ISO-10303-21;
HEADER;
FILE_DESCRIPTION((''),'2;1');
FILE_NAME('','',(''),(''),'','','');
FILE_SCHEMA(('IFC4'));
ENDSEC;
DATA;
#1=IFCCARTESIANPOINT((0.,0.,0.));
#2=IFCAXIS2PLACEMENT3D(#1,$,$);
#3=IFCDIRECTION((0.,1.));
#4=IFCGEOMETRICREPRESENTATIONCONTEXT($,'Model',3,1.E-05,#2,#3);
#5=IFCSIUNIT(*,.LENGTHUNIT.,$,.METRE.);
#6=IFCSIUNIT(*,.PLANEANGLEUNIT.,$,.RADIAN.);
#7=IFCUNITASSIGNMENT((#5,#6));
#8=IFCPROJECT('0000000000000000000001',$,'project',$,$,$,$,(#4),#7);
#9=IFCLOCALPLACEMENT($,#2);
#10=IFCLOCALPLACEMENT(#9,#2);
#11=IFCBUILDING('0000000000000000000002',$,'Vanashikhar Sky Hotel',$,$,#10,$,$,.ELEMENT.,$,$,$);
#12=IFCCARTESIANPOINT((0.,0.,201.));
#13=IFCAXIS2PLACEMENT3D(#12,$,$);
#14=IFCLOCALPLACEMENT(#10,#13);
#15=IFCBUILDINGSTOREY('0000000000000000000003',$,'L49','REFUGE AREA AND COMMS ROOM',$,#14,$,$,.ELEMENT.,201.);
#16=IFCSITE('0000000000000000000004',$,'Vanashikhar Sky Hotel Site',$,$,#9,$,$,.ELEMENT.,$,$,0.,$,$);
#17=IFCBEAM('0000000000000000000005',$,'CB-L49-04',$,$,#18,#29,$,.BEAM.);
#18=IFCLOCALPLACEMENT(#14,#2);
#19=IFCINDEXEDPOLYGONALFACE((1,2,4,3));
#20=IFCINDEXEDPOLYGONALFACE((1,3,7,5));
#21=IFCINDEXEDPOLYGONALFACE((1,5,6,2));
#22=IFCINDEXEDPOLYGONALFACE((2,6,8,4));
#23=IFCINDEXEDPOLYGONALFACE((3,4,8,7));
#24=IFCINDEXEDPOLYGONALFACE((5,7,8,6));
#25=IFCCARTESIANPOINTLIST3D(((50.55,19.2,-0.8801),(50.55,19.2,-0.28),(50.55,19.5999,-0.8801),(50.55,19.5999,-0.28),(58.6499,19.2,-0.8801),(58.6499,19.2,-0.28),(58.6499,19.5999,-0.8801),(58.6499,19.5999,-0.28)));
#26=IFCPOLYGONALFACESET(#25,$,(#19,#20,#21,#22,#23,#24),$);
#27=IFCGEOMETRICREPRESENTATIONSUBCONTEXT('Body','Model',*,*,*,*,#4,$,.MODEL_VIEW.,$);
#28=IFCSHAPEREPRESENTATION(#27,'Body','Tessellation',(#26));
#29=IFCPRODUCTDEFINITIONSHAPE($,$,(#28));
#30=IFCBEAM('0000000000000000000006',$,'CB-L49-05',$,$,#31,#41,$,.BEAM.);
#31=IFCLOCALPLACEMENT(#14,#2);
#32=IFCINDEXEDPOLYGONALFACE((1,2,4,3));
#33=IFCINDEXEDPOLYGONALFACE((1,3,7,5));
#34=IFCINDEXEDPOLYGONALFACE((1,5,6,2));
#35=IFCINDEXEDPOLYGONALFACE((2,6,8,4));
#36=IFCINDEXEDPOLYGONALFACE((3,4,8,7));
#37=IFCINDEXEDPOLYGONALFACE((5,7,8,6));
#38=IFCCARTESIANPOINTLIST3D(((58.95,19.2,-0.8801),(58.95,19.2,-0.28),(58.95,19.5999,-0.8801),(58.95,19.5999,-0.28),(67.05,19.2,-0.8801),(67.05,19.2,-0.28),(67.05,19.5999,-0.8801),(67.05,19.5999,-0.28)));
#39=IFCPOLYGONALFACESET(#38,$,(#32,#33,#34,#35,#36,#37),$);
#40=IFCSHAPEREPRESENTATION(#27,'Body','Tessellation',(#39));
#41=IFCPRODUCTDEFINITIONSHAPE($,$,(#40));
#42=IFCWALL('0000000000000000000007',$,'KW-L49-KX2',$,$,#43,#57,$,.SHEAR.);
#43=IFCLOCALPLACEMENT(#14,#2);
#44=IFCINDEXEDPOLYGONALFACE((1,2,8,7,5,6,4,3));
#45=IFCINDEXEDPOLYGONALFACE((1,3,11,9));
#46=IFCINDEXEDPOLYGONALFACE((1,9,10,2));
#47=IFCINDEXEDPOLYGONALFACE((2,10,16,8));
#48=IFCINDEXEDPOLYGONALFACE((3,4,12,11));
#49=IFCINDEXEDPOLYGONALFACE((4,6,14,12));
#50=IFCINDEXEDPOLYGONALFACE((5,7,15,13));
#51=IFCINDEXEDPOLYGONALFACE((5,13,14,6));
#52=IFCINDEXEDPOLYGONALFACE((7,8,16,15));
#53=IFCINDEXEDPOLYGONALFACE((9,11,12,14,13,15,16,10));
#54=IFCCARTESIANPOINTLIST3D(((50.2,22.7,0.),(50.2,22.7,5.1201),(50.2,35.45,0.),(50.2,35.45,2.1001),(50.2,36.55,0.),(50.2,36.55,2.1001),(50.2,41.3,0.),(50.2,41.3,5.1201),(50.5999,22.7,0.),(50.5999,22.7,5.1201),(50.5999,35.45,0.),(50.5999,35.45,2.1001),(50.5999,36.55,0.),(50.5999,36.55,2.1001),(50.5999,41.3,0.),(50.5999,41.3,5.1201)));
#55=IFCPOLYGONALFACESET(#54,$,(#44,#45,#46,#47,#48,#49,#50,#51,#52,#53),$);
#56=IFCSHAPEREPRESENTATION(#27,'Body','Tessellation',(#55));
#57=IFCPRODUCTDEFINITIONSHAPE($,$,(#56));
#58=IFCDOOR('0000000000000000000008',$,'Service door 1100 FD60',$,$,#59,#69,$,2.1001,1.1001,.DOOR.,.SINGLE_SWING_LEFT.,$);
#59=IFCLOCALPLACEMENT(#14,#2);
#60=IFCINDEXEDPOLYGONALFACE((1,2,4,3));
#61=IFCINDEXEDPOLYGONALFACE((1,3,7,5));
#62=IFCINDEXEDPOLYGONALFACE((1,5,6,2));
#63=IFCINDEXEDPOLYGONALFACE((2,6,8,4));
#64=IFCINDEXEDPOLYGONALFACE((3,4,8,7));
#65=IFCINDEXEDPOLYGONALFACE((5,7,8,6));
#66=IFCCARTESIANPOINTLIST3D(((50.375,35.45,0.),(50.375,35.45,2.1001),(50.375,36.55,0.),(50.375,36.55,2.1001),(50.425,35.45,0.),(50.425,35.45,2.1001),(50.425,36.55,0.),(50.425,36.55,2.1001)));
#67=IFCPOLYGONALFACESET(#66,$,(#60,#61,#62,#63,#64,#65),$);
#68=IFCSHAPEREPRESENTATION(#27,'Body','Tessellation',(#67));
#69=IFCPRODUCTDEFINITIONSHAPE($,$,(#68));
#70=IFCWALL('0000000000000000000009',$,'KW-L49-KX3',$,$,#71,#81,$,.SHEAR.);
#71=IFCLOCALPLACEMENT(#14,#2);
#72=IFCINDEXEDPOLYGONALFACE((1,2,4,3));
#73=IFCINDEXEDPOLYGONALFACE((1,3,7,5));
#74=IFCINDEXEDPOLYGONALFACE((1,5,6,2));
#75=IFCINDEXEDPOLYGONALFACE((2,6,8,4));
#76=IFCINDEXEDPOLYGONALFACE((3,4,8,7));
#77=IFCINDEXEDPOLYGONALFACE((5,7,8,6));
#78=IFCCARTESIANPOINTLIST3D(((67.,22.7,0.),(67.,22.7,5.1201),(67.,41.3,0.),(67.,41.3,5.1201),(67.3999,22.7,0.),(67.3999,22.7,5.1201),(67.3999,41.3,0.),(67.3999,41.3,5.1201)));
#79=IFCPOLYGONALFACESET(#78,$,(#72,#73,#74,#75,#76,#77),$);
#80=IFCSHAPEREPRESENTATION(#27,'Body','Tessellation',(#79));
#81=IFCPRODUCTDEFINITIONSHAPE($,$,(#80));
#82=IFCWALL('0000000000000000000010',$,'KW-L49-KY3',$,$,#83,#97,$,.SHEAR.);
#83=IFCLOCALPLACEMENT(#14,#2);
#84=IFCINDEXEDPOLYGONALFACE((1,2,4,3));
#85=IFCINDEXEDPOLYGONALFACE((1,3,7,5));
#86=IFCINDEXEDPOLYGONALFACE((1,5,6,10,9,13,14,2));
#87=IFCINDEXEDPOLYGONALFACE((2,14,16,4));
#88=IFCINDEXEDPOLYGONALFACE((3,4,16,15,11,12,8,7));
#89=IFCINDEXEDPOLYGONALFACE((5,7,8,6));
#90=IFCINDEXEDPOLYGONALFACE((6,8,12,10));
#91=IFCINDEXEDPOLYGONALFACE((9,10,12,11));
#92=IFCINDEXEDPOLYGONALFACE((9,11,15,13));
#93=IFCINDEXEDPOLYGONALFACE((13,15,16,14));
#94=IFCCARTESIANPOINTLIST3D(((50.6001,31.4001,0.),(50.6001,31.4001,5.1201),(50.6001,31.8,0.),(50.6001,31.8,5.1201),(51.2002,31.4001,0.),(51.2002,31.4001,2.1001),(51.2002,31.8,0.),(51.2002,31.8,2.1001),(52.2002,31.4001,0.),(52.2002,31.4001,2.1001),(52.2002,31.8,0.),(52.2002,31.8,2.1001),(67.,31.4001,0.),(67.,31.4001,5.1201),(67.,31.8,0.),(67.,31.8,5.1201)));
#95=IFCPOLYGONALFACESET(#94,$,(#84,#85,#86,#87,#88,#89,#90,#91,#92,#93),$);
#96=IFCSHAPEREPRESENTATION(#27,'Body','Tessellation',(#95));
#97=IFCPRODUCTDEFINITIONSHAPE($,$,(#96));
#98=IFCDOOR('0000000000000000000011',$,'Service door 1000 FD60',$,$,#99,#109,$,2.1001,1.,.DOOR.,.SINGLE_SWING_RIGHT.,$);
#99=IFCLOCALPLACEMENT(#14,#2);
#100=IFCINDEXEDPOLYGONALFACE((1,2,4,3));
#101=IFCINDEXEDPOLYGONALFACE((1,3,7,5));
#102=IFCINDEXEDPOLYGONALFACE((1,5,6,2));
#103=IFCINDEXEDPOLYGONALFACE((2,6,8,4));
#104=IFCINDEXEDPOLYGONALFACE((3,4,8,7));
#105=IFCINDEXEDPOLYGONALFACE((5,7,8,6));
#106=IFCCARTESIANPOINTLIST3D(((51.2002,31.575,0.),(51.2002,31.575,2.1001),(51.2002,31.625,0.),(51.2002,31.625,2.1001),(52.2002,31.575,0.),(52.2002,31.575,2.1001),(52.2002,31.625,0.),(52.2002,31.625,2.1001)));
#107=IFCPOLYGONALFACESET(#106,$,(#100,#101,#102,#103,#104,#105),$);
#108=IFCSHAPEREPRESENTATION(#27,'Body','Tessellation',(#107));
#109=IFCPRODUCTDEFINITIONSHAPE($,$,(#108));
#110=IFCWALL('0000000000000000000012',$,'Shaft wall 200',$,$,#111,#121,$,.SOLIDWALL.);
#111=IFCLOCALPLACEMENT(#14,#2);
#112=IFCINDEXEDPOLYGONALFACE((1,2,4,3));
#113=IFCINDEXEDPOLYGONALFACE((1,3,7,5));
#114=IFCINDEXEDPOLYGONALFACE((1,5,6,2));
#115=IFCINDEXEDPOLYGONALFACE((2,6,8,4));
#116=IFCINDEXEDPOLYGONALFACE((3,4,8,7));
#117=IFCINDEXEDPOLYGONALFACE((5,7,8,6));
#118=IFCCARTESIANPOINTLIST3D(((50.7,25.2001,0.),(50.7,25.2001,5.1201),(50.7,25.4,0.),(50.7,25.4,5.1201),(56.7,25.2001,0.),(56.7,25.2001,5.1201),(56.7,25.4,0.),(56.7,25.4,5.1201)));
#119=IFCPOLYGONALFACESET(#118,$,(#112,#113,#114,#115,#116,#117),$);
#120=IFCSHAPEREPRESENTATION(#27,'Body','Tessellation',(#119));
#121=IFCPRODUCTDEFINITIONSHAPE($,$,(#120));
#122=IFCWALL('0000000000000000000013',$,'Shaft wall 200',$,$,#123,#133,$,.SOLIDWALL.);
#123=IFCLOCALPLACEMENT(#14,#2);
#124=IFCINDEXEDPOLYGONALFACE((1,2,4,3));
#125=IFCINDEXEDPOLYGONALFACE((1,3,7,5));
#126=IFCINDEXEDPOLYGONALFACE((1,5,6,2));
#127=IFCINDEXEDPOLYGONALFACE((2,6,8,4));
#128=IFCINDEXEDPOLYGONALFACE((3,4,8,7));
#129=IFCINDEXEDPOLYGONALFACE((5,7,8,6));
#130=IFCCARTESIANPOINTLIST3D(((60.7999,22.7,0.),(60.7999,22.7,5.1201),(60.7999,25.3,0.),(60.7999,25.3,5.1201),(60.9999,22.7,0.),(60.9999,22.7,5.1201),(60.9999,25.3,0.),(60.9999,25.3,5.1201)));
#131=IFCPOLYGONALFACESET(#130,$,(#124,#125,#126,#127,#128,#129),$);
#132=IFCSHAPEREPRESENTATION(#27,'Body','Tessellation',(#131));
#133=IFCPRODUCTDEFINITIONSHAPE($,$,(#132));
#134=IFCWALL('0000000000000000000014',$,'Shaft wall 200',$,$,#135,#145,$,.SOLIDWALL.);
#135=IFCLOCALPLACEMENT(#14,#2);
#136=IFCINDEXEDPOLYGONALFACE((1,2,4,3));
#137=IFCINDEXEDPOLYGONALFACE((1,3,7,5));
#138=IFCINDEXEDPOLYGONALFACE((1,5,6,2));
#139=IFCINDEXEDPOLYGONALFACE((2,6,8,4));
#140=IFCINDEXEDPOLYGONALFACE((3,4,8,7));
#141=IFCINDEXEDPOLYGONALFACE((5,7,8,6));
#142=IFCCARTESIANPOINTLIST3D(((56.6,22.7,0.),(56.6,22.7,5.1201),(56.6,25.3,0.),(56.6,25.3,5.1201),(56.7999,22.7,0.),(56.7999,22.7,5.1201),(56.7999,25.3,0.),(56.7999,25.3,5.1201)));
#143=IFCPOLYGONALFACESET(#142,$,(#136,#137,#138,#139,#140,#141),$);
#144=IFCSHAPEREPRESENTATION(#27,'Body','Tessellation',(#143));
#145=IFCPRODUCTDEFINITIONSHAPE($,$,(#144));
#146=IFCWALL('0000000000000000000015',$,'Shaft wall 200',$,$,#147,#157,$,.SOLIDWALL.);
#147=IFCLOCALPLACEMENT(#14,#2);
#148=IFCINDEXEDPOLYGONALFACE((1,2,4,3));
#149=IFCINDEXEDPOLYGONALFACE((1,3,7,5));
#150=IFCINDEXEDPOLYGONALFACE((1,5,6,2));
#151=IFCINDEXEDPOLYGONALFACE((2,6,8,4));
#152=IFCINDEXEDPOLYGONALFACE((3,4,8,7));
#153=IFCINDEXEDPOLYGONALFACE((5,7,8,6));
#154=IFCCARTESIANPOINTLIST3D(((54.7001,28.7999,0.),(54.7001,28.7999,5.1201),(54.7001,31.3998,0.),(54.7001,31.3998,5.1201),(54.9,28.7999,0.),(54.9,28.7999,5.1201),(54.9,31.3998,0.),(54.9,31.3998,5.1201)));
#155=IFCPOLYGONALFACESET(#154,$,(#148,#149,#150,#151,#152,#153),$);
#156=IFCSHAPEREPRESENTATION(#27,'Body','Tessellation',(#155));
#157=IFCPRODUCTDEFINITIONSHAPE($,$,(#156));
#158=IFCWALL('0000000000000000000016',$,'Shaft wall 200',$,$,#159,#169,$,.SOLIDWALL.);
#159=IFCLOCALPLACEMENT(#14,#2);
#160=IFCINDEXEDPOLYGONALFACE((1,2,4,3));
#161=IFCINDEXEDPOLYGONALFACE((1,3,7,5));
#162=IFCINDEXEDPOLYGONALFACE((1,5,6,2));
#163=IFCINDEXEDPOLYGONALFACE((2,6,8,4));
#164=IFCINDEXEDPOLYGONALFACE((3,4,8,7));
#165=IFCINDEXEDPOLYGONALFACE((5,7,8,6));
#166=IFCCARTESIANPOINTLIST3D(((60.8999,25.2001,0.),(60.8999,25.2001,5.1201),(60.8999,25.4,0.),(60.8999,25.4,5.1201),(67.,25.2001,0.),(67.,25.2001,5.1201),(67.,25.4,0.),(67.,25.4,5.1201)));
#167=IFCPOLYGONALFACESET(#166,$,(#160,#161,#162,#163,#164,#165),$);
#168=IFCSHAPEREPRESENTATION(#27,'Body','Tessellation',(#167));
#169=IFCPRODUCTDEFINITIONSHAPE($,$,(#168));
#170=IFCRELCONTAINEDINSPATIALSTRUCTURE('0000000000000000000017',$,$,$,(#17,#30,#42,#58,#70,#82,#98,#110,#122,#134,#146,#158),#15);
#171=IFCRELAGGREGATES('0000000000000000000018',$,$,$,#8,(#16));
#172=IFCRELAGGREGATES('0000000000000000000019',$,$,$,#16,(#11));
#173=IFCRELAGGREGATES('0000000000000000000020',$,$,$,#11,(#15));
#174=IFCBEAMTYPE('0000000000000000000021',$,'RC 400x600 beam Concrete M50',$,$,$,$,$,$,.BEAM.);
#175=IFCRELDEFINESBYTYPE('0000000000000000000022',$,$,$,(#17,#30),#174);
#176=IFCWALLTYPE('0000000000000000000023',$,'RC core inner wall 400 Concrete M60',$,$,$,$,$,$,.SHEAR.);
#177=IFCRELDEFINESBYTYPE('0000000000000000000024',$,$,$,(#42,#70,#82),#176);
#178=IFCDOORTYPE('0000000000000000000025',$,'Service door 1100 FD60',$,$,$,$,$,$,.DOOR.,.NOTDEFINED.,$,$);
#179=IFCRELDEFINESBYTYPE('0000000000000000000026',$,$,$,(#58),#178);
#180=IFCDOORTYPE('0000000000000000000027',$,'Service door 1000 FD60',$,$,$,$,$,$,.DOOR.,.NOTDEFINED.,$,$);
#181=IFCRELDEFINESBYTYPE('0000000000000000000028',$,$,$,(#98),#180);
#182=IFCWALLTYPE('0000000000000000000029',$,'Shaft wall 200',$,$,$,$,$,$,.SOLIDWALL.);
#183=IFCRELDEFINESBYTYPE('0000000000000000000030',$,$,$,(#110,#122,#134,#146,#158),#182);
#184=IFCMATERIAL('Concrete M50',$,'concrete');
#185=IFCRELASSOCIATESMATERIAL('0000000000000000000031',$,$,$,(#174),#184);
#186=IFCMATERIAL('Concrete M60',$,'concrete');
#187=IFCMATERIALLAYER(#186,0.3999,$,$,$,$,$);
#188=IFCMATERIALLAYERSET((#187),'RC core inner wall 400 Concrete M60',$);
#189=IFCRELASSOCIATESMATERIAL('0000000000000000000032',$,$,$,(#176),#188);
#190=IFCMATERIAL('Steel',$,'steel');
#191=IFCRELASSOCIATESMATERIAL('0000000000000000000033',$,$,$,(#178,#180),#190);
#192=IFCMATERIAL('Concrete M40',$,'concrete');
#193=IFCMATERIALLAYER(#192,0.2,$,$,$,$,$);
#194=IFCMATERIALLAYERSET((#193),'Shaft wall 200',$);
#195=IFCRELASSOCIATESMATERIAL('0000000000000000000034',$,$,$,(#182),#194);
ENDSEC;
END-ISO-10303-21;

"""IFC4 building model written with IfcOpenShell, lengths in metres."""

from ifc_helpers import new_model, si_unit, direction, frame, frame_2d, origin, origin_2d, place, context, subcontext, project, spatial, rectangle, extrude, source, transform, mapped, material, layer, layer_set, material_profile, profile_set, type_object, element, fill, save


model = new_model("IFC4")

# Units and contexts
model_context = context("Model", 3, precision=1e-05, world=origin(), true_north=direction((0.0, 1.0)))
body_context = subcontext(model_context, "Body", "Model", "MODEL_VIEW")
ifc_project = project(units=[si_unit("LENGTHUNIT", "METRE"), si_unit("PLANEANGLEUNIT", "RADIAN")], contexts=[model_context])

# Site, building, storey
site_placement = place(None, origin())
site = spatial("IfcSite", under=ifc_project, at=site_placement, Name="Vanashikhar Sky Hotel Site", CompositionType="ELEMENT", RefElevation=0.0)
building_placement = place(site_placement, origin())
building = spatial("IfcBuilding", under=site, at=building_placement, Name="Vanashikhar Sky Hotel", CompositionType="ELEMENT")
storey_placement = place(building_placement, frame((0.0, 0.0, 201.0)))
storey = spatial("IfcBuildingStorey", under=building, at=storey_placement, Name="L49", Description="REFUGE AREA AND COMMS ROOM", CompositionType="ELEMENT", Elevation=201.0)

# Beams
ifc_material_1 = material(Name="Concrete M50", Category="concrete")
ifc_material_profile = material_profile(ifc_material_1, rectangle(XDim=0.3999, YDim=0.6001, at=origin_2d()))
ifc_profile_set = profile_set([ifc_material_profile], Name="RC 400x600 beam Concrete M50")
beam_type = type_object("IfcBeamType", Name="RC 400x600 beam Concrete M50", PredefinedType="BEAM", material=ifc_profile_set)
shared_shape_1 = source(origin(), body_context, "Body", "SweptSolid", [
    extrude(rectangle(XDim=0.3999, YDim=0.6001, at=origin_2d()), origin(), (0.0, 0.0, 1.0), 8.0999),
])
beam_1_placement = place(storey_placement, frame((50.55, 19.3999, -0.5801), z_axis=(1.0, 0.0, 0.0), x_axis=(0.0, 1.0, 0.0)))
element("IfcBeam", 1, at=beam_1_placement, inside=storey, type_object=beam_type, Name="CB-L49-04", PredefinedType="BEAM", context=body_context, shape_type="MappedRepresentation", body=[
    mapped(shared_shape_1, transform((0.0, 0.0, 0.0), scale=1.0)),
])
shared_shape_2 = source(origin(), body_context, "Body", "SweptSolid", [
    extrude(rectangle(XDim=0.3999, YDim=0.6001, at=origin_2d()), origin(), (0.0, 0.0, 1.0), 8.1001),
])
beam_2_placement = place(storey_placement, frame((58.95, 19.3999, -0.5801), z_axis=(1.0, 0.0, 0.0), x_axis=(0.0, 1.0, 0.0)))
element("IfcBeam", 2, at=beam_2_placement, inside=storey, type_object=beam_type, Name="CB-L49-05", PredefinedType="BEAM", context=body_context, shape_type="MappedRepresentation", body=[
    mapped(shared_shape_2, transform((0.0, 0.0, 0.0), scale=1.0)),
])

# Wall, opening, door
ifc_material_2 = material(Name="Concrete M60", Category="concrete")
ifc_layer_1 = layer(ifc_material_2, 0.3999)
ifc_layer_set_1 = layer_set([ifc_layer_1], Name="RC core inner wall 400 Concrete M60")
wall_type_1 = type_object("IfcWallType", Name="RC core inner wall 400 Concrete M60", PredefinedType="SHEAR", material=ifc_layer_set_1)
shared_shape_3 = source(origin(), body_context, "Body", "SweptSolid", [
    extrude(rectangle(XDim=18.6001, YDim=0.3999, at=frame_2d((9.3, 0.0))), origin(), (0.0, 0.0, 1.0), 5.1201),
])
wall_1_placement = place(storey_placement, frame((50.3999, 22.7, 0.0), z_axis=(0.0, 0.0, 1.0), x_axis=(0.0, 1.0, 0.0)))
wall_1 = element("IfcWall", 3, at=wall_1_placement, inside=storey, type_object=wall_type_1, Name="KW-L49-KX2", PredefinedType="SHEAR", context=body_context, shape_type="MappedRepresentation", body=[
    mapped(shared_shape_3, transform((0.0, 0.0, 0.0), scale=1.0)),
])
shared_shape_4 = source(origin(), body_context, "Body", "SweptSolid", [
    extrude(rectangle(XDim=1.1001, YDim=2.1001, at=frame_2d((0.55, 1.05))), frame((0.0, 0.21, 0.0), z_axis=(0.0, -1.0, 0.0), x_axis=(1.0, 0.0, 0.0)), (0.0, 0.0, 1.0), 0.4199),
])
opening_1_placement = place(wall_1_placement, frame((12.75, 0.0, 0.0)))
opening_1 = element("IfcOpeningElement", 4, at=opening_1_placement, cuts=wall_1, PredefinedType="OPENING", context=body_context, shape_type="MappedRepresentation", body=[
    mapped(shared_shape_4, transform((0.0, 0.0, 0.0), scale=1.0)),
])
ifc_material_3 = material(Name="Steel", Category="steel")
door_type_1 = type_object("IfcDoorType", Name="Service door 1100 FD60", OperationType="NOTDEFINED", PredefinedType="DOOR", material=ifc_material_3)
shared_shape_5 = source(origin(), body_context, "Body", "SweptSolid", [
    extrude(rectangle(XDim=1.1001, YDim=2.1001, at=frame_2d((0.55, 1.05))), frame((0.0, 0.0249, 0.0), z_axis=(0.0, -1.0, 0.0), x_axis=(1.0, 0.0, 0.0)), (0.0, 0.0, 1.0), 0.05),
])
door_1_placement = place(opening_1_placement, origin())
door_1 = element("IfcDoor", 5, at=door_1_placement, inside=storey, type_object=door_type_1, Name="Service door 1100 FD60", OperationType="SINGLE_SWING_LEFT", OverallHeight=2.1001, OverallWidth=1.1001, PredefinedType="DOOR", context=body_context, shape_type="MappedRepresentation", body=[
    mapped(shared_shape_5, transform((0.0, 0.0, 0.0), scale=1.0)),
])
fill(opening_1, door_1)

# Wall
wall_2_placement = place(storey_placement, frame((67.2, 22.7, 0.0), z_axis=(0.0, 0.0, 1.0), x_axis=(0.0, 1.0, 0.0)))
element("IfcWall", 6, at=wall_2_placement, inside=storey, type_object=wall_type_1, Name="KW-L49-KX3", PredefinedType="SHEAR", context=body_context, shape_type="MappedRepresentation", body=[
    mapped(shared_shape_3, transform((0.0, 0.0, 0.0), scale=1.0)),
])

# Wall, opening, door
shared_shape_6 = source(origin(), body_context, "Body", "SweptSolid", [
    extrude(rectangle(XDim=16.3999, YDim=0.3999, at=frame_2d((8.2, 0.0))), origin(), (0.0, 0.0, 1.0), 5.1201),
])
wall_3_placement = place(storey_placement, frame((50.6001, 31.6001, 0.0), z_axis=(0.0, 0.0, 1.0), x_axis=(1.0, 0.0, 0.0)))
wall_3 = element("IfcWall", 7, at=wall_3_placement, inside=storey, type_object=wall_type_1, Name="KW-L49-KY3", PredefinedType="SHEAR", context=body_context, shape_type="MappedRepresentation", body=[
    mapped(shared_shape_6, transform((0.0, 0.0, 0.0), scale=1.0)),
])
shared_shape_7 = source(origin(), body_context, "Body", "SweptSolid", [
    extrude(rectangle(XDim=1.0, YDim=2.1001, at=frame_2d((0.5, 1.05))), frame((0.0, 0.21, 0.0), z_axis=(0.0, -1.0, 0.0), x_axis=(1.0, 0.0, 0.0)), (0.0, 0.0, 1.0), 0.4199),
])
opening_2_placement = place(wall_3_placement, frame((0.6001, 0.0, 0.0)))
opening_2 = element("IfcOpeningElement", 8, at=opening_2_placement, cuts=wall_3, PredefinedType="OPENING", context=body_context, shape_type="MappedRepresentation", body=[
    mapped(shared_shape_7, transform((0.0, 0.0, 0.0), scale=1.0)),
])
door_type_2 = type_object("IfcDoorType", Name="Service door 1000 FD60", OperationType="NOTDEFINED", PredefinedType="DOOR", material=ifc_material_3)
shared_shape_8 = source(origin(), body_context, "Body", "SweptSolid", [
    extrude(rectangle(XDim=1.0, YDim=2.1001, at=frame_2d((0.5, 1.05))), frame((0.0, 0.0249, 0.0), z_axis=(0.0, -1.0, 0.0), x_axis=(1.0, 0.0, 0.0)), (0.0, 0.0, 1.0), 0.05),
])
door_2_placement = place(opening_2_placement, origin())
door_2 = element("IfcDoor", 9, at=door_2_placement, inside=storey, type_object=door_type_2, Name="Service door 1000 FD60", OperationType="SINGLE_SWING_RIGHT", OverallHeight=2.1001, OverallWidth=1.0, PredefinedType="DOOR", context=body_context, shape_type="MappedRepresentation", body=[
    mapped(shared_shape_8, transform((0.0, 0.0, 0.0), scale=1.0)),
])
fill(opening_2, door_2)

# Walls
ifc_material_4 = material(Name="Concrete M40", Category="concrete")
ifc_layer_2 = layer(ifc_material_4, 0.2)
ifc_layer_set_2 = layer_set([ifc_layer_2], Name="Shaft wall 200")
wall_type_2 = type_object("IfcWallType", Name="Shaft wall 200", PredefinedType="SOLIDWALL", material=ifc_layer_set_2)
shared_shape_9 = source(origin(), body_context, "Body", "SweptSolid", [
    extrude(rectangle(XDim=6.0, YDim=0.2, at=frame_2d((3.0, 0.0))), origin(), (0.0, 0.0, 1.0), 5.1201),
])
wall_4_placement = place(storey_placement, frame((56.7, 25.3, 0.0), z_axis=(0.0, 0.0, 1.0), x_axis=(-1.0, 0.0, 0.0)))
element("IfcWall", 10, at=wall_4_placement, inside=storey, type_object=wall_type_2, Name="Shaft wall 200", PredefinedType="SOLIDWALL", context=body_context, shape_type="MappedRepresentation", body=[
    mapped(shared_shape_9, transform((0.0, 0.0, 0.0), scale=1.0)),
])
shared_shape_10 = source(origin(), body_context, "Body", "SweptSolid", [
    extrude(rectangle(XDim=2.6001, YDim=0.2, at=frame_2d((1.3, 0.0))), origin(), (0.0, 0.0, 1.0), 5.1201),
])
for number, where, z_axis, x_axis, name in (
    (11, (60.8999, 22.7, 0.0), (0.0, 0.0, 1.0), (0.0, 1.0, 0.0), "Shaft wall 200"),
    (12, (56.7, 22.7, 0.0), (0.0, 0.0, 1.0), (0.0, 1.0, 0.0), "Shaft wall 200"),
):
    element("IfcWall", number, at=place(storey_placement, frame(where, z_axis=z_axis, x_axis=x_axis)), inside=storey, type_object=wall_type_2, Name=name, PredefinedType="SOLIDWALL", context=body_context, shape_type="MappedRepresentation", body=[
        mapped(shared_shape_10, transform((0.0, 0.0, 0.0), scale=1.0)),
    ])
shared_shape_11 = source(origin(), body_context, "Body", "SweptSolid", [
    extrude(rectangle(XDim=2.5999, YDim=0.2, at=frame_2d((1.2998, 0.0))), origin(), (0.0, 0.0, 1.0), 5.1201),
])
wall_5_placement = place(storey_placement, frame((54.8, 28.8, 0.0), z_axis=(0.0, 0.0, 1.0), x_axis=(0.0, 1.0, 0.0)))
element("IfcWall", 13, at=wall_5_placement, inside=storey, type_object=wall_type_2, Name="Shaft wall 200", PredefinedType="SOLIDWALL", context=body_context, shape_type="MappedRepresentation", body=[
    mapped(shared_shape_11, transform((0.0, 0.0, 0.0), scale=1.0)),
])
shared_shape_12 = source(origin(), body_context, "Body", "SweptSolid", [
    extrude(rectangle(XDim=6.1001, YDim=0.2, at=frame_2d((3.05, 0.0))), origin(), (0.0, 0.0, 1.0), 5.1201),
])
wall_6_placement = place(storey_placement, frame((67.0, 25.3, 0.0), z_axis=(0.0, 0.0, 1.0), x_axis=(-1.0, 0.0, 0.0)))
element("IfcWall", 14, at=wall_6_placement, inside=storey, type_object=wall_type_2, Name="Shaft wall 200", PredefinedType="SOLIDWALL", context=body_context, shape_type="MappedRepresentation", body=[
    mapped(shared_shape_12, transform((0.0, 0.0, 0.0), scale=1.0)),
])

save(model, "model.ifc")
